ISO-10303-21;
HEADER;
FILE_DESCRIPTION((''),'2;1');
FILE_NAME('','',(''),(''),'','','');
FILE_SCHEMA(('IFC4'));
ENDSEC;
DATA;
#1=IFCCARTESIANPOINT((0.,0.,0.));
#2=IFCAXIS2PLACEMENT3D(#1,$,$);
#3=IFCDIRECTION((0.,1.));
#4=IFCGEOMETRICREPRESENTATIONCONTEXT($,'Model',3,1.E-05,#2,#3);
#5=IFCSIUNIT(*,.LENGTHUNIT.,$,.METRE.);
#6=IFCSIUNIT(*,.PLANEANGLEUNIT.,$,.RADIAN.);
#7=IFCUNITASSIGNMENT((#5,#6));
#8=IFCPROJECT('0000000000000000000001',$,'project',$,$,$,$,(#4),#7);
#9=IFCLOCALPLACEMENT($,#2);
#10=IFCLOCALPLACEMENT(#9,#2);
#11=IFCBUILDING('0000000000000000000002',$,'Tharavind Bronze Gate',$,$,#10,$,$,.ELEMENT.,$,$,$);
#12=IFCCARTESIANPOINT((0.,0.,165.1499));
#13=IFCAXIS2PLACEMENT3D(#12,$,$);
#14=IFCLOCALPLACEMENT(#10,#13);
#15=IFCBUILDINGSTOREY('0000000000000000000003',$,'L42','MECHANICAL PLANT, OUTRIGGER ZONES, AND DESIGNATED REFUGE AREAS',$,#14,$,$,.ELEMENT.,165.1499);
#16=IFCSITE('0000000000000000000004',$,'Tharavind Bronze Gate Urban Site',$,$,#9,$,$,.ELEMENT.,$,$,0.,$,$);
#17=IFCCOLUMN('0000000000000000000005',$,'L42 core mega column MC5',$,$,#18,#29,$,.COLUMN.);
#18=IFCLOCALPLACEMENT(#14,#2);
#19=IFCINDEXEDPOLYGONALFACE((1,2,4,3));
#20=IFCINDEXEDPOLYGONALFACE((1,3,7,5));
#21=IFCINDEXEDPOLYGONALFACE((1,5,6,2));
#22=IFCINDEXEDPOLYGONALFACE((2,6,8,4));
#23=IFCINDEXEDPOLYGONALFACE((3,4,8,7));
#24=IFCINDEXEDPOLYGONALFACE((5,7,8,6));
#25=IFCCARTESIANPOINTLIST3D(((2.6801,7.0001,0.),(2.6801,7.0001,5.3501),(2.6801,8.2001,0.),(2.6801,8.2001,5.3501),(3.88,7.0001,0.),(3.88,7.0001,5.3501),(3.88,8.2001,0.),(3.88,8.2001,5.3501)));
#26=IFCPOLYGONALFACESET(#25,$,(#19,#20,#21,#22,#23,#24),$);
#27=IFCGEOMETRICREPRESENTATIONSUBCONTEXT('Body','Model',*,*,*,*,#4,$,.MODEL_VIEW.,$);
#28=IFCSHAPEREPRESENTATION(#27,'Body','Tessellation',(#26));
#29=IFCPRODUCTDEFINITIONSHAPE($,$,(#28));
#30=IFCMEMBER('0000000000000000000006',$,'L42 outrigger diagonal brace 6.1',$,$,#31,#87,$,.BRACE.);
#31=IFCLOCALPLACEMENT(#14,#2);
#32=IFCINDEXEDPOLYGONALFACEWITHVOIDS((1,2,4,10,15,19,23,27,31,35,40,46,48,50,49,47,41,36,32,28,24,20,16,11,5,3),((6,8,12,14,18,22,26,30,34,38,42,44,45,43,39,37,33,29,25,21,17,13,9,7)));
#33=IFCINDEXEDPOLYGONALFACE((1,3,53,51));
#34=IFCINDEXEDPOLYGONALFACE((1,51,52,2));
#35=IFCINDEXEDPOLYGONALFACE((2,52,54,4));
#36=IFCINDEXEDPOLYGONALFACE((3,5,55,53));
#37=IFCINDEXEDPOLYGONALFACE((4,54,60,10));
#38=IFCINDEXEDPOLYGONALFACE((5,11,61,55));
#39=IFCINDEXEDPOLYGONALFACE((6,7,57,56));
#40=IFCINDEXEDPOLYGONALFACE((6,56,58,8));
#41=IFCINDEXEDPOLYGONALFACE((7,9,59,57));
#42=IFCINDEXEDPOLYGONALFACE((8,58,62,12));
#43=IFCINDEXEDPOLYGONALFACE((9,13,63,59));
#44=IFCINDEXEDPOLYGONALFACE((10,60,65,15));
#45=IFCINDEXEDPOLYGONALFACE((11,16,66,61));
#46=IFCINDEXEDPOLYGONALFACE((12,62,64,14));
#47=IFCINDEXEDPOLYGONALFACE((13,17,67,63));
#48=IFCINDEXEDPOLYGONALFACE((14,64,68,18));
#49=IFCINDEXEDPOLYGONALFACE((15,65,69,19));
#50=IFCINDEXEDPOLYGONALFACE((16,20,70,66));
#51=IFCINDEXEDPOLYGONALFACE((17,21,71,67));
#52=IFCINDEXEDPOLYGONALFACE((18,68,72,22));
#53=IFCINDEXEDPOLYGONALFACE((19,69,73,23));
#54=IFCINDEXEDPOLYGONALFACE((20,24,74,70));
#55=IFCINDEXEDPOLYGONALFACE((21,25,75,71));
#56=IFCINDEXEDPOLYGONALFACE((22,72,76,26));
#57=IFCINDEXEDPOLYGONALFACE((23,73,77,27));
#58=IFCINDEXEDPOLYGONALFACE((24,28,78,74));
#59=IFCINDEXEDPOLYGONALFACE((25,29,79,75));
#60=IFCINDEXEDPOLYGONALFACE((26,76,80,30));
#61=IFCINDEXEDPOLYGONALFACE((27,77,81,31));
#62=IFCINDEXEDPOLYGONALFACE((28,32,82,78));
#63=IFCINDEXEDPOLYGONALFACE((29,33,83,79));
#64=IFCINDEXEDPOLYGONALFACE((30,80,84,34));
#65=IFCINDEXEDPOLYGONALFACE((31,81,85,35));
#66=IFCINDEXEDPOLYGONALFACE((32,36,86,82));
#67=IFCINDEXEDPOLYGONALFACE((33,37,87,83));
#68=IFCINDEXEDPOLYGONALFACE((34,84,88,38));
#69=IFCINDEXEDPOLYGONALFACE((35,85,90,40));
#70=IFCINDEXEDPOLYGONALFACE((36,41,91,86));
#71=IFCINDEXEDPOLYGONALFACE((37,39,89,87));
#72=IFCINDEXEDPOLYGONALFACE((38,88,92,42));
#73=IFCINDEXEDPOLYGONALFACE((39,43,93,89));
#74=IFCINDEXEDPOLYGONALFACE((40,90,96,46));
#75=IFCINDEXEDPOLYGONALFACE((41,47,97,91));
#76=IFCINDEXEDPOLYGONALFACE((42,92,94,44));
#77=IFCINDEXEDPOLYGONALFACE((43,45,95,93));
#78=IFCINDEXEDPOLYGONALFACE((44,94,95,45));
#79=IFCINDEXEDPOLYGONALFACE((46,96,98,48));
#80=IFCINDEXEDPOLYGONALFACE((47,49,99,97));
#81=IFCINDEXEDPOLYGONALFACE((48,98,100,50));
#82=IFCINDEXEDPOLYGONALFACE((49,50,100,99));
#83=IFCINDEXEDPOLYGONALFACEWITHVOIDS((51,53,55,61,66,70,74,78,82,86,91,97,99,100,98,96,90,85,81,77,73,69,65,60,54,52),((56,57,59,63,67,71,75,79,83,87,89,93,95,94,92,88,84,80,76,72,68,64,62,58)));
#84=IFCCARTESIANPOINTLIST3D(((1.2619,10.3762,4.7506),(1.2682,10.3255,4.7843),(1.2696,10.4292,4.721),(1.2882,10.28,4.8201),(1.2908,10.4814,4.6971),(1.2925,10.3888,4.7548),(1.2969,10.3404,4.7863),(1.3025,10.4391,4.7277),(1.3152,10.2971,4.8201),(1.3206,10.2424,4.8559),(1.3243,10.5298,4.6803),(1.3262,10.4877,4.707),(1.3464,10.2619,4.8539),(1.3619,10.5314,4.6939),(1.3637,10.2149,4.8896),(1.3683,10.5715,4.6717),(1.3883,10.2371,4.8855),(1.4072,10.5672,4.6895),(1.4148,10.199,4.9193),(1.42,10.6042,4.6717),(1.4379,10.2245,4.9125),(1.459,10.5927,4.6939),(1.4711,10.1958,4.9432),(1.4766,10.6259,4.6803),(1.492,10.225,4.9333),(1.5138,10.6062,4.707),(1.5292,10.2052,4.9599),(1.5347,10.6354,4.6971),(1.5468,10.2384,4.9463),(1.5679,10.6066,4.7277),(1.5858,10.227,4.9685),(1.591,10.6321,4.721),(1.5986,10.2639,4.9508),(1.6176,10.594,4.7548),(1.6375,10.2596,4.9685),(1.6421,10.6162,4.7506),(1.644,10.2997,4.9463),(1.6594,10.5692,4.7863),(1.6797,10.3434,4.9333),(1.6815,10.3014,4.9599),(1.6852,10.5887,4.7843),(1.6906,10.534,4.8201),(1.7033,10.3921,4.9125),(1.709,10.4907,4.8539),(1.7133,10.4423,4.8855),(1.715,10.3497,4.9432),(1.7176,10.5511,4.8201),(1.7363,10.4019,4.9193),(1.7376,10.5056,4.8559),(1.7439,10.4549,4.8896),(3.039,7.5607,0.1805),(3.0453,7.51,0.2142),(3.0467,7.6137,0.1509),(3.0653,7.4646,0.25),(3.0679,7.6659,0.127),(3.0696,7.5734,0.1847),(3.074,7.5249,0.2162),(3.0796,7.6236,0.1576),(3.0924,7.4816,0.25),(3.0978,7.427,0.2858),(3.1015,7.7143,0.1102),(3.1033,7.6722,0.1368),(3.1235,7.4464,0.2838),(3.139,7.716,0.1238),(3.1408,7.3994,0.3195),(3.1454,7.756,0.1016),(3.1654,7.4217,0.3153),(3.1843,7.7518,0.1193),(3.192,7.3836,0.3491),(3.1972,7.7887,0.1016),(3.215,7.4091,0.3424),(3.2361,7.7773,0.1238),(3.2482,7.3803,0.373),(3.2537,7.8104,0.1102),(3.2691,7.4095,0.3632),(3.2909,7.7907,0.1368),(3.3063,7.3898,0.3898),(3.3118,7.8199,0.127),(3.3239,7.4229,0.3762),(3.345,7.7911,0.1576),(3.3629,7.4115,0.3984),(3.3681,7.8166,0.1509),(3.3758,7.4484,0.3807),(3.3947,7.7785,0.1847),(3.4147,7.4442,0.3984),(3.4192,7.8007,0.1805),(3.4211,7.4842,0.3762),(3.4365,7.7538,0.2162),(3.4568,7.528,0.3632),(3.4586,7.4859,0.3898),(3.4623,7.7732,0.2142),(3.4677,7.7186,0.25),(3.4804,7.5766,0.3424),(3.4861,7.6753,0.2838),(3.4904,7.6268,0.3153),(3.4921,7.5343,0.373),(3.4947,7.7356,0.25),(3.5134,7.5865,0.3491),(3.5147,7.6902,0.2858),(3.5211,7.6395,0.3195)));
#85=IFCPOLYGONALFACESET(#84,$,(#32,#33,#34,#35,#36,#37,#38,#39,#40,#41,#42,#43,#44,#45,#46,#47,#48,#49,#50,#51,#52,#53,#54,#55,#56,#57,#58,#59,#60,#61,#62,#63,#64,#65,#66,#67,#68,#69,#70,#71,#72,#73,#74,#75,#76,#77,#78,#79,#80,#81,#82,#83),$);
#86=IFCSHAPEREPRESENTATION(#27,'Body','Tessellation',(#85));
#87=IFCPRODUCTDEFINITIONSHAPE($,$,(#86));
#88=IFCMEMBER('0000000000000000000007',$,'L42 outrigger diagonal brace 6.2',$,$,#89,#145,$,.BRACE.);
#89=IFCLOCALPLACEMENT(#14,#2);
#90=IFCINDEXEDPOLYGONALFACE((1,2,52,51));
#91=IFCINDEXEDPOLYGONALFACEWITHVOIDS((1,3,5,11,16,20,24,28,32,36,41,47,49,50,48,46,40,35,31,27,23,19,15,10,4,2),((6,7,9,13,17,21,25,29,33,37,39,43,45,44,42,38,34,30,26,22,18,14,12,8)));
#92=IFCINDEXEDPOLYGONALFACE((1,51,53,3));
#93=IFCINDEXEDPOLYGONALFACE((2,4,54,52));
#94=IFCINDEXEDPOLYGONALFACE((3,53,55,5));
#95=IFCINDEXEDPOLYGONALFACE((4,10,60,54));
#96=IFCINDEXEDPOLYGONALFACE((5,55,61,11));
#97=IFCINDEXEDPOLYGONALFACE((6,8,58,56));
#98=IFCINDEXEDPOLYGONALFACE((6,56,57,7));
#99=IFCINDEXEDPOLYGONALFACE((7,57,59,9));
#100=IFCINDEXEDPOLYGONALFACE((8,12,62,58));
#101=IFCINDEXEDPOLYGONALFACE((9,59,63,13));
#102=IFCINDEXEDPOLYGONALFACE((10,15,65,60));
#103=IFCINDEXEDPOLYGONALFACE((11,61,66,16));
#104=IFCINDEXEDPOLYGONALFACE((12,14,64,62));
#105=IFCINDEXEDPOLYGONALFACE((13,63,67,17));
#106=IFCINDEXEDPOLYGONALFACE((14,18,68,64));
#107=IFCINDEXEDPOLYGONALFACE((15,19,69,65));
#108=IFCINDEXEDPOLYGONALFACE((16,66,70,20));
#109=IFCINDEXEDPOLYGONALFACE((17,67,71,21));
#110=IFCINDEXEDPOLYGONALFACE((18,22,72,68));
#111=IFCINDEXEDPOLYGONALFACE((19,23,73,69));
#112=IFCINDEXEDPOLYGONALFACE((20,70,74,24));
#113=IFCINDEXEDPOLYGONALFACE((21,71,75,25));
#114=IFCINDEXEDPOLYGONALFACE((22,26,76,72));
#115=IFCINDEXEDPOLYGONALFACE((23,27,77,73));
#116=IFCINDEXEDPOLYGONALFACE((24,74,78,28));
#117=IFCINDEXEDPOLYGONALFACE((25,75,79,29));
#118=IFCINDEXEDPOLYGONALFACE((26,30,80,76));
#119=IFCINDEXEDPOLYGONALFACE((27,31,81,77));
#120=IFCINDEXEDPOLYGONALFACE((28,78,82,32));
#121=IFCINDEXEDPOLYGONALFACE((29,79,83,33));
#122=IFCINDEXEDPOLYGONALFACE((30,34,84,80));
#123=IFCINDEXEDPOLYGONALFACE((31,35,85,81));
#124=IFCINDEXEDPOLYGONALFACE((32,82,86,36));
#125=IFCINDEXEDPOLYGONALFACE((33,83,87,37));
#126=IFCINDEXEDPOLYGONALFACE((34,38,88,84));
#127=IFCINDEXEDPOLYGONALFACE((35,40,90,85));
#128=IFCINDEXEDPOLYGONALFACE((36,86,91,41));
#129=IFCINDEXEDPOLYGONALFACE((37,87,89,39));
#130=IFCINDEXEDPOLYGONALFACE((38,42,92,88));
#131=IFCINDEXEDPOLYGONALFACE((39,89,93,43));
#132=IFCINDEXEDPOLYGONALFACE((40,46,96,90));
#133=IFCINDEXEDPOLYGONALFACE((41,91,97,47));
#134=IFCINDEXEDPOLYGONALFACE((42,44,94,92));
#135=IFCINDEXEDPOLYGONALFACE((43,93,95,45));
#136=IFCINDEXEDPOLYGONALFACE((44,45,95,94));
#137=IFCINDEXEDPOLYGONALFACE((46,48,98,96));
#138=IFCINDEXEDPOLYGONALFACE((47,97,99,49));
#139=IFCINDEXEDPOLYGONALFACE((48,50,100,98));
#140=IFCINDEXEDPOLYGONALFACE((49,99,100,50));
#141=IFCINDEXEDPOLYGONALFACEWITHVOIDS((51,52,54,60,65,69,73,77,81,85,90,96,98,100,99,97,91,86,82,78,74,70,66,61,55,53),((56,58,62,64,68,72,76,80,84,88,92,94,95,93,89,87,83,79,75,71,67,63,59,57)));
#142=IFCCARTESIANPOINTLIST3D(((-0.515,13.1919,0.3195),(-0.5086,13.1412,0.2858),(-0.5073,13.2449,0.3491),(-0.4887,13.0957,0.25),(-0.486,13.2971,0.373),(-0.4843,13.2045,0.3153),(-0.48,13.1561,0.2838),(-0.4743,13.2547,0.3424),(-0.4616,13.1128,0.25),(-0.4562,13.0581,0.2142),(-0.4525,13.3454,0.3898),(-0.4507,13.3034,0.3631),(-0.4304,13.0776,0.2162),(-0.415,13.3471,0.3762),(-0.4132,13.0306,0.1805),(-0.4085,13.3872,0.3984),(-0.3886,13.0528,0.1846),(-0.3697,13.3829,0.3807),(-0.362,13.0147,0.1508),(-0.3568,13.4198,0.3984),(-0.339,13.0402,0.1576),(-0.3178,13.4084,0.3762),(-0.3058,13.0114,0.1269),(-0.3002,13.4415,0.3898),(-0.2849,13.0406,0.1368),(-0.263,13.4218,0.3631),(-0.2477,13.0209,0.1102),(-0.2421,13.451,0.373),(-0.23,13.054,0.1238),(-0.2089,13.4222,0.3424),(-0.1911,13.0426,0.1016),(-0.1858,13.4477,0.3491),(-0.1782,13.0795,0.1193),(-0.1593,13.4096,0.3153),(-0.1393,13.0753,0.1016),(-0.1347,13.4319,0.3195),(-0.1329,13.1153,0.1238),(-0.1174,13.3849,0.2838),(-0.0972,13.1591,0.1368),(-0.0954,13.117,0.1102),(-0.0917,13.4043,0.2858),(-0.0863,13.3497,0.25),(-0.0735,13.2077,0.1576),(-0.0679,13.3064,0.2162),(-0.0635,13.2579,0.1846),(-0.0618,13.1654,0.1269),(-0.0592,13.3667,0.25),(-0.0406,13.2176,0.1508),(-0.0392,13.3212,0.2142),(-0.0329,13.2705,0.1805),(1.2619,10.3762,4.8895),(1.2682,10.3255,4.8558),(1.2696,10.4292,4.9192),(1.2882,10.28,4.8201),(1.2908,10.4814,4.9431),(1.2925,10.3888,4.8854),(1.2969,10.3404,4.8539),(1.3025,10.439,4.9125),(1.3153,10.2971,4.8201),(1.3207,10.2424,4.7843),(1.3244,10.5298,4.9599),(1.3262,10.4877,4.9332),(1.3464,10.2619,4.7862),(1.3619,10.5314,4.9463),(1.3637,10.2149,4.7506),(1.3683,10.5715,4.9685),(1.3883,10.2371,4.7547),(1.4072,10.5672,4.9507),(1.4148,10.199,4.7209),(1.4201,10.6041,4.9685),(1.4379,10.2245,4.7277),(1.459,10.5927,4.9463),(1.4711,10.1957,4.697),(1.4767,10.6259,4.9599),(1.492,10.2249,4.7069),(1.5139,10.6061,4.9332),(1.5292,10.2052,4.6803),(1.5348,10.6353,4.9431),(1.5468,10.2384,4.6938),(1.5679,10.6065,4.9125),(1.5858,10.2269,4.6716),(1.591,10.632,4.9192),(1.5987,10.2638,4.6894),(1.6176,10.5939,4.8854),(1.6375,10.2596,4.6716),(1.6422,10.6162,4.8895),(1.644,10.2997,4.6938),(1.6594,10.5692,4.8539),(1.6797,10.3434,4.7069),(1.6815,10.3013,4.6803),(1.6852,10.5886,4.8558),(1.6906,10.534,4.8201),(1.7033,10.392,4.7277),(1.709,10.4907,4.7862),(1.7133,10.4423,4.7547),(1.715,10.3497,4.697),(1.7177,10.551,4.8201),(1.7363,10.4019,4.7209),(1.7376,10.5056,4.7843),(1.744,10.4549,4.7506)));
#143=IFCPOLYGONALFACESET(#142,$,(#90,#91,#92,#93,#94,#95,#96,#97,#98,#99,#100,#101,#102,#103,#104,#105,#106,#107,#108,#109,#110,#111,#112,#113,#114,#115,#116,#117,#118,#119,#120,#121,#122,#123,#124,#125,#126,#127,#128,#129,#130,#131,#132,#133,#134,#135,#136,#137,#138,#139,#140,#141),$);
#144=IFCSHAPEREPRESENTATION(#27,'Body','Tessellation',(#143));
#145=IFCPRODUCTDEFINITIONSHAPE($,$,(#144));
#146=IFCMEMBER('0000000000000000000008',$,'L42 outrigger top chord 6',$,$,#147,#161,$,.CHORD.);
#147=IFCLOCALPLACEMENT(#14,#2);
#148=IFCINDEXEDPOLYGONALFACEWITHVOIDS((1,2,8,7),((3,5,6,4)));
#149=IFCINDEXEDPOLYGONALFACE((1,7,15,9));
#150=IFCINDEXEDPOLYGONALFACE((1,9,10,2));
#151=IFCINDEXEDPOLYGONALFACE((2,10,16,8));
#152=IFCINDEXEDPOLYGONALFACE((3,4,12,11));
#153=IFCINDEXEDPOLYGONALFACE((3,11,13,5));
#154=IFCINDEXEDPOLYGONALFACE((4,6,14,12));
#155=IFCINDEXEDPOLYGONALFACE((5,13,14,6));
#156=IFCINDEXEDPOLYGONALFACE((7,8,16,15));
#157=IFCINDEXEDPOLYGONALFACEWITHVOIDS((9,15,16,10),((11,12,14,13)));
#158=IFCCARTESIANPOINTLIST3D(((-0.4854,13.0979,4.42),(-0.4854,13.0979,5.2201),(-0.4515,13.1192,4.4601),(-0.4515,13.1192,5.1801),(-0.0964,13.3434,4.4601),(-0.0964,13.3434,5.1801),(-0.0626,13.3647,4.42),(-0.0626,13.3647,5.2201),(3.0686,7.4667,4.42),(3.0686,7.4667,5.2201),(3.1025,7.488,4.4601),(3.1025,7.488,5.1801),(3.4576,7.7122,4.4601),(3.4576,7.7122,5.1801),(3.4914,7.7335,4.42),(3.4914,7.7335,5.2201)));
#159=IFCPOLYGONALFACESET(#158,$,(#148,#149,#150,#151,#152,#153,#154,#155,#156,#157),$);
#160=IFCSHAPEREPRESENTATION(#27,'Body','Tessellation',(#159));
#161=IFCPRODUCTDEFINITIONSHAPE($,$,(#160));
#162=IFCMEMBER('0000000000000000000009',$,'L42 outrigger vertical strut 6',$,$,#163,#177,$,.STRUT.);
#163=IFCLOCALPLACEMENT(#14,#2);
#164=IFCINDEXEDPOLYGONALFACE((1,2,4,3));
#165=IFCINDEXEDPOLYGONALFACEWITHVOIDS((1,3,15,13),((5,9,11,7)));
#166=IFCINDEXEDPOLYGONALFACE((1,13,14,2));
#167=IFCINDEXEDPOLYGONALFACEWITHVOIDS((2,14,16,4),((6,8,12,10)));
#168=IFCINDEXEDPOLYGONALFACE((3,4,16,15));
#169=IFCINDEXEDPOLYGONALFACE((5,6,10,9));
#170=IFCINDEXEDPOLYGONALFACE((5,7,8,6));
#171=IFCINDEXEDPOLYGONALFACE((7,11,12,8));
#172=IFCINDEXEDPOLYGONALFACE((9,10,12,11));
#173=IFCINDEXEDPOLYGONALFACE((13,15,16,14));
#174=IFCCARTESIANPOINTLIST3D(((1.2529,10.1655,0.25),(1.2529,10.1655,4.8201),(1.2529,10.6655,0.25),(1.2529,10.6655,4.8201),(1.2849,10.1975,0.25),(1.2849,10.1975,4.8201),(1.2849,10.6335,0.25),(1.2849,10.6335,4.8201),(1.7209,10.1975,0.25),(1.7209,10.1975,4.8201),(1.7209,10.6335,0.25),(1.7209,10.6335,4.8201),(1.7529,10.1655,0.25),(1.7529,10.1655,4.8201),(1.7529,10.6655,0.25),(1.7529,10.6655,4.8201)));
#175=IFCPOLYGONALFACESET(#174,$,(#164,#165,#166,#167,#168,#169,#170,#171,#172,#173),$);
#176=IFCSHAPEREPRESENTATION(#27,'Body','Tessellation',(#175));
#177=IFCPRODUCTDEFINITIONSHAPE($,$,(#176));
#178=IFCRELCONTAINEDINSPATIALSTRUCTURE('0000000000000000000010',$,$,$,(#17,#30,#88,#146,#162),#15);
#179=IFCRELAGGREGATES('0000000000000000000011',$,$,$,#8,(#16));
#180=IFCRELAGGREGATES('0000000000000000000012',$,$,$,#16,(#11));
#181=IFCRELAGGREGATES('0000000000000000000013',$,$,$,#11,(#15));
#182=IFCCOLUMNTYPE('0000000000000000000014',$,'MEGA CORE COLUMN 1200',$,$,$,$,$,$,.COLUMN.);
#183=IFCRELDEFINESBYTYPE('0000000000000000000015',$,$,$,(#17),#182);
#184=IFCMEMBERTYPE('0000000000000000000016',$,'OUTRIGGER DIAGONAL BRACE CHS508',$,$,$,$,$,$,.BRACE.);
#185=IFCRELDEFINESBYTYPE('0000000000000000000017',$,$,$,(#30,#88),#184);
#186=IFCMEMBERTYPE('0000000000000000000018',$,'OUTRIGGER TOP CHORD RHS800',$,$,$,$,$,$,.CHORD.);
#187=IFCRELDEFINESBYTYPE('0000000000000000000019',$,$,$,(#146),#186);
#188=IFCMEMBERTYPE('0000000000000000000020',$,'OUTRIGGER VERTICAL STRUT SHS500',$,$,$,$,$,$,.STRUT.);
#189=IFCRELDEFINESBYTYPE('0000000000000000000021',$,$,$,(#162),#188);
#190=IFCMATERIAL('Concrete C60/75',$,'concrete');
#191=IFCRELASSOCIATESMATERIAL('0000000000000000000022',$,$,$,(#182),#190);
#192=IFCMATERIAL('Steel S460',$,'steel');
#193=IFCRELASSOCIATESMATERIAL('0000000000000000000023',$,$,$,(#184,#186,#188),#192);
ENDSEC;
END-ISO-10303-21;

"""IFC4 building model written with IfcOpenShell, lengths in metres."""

from ifc_helpers import new_model, si_unit, direction, frame, origin, origin_2d, place, context, subcontext, project, spatial, rectangle, hollow_rectangle, hollow_circle, extrude, material, material_profile, profile_set, type_object, element, save


model = new_model("IFC4")

# Units and contexts
model_context = context("Model", 3, precision=1e-05, world=origin(), true_north=direction((0.0, 1.0)))
body_context = subcontext(model_context, "Body", "Model", "MODEL_VIEW")
ifc_project = project(units=[si_unit("LENGTHUNIT", "METRE"), si_unit("PLANEANGLEUNIT", "RADIAN")], contexts=[model_context])

# Site, building, storey
site_placement = place(None, origin())
site = spatial("IfcSite", under=ifc_project, at=site_placement, Name="Tharavind Bronze Gate Urban Site", CompositionType="ELEMENT", RefElevation=0.0)
building_placement = place(site_placement, origin())
building = spatial("IfcBuilding", under=site, at=building_placement, Name="Tharavind Bronze Gate", CompositionType="ELEMENT")
storey_placement = place(building_placement, frame((0.0, 0.0, 165.1499)))
storey = spatial("IfcBuildingStorey", under=building, at=storey_placement, Name="L42", Description="MECHANICAL PLANT, OUTRIGGER ZONES, AND DESIGNATED REFUGE AREAS", CompositionType="ELEMENT", Elevation=165.1499)

# Column
ifc_material_1 = material(Name="Concrete C60/75", Category="concrete")
ifc_material_profile_1 = material_profile(ifc_material_1, rectangle(XDim=1.2, YDim=1.2, at=origin_2d()), Name="RCCOL1200")
ifc_profile_set_1 = profile_set([ifc_material_profile_1], Name="Concrete C60/75")
column_type = type_object("IfcColumnType", Name="MEGA CORE COLUMN 1200", PredefinedType="COLUMN", material=ifc_profile_set_1)
column_placement = place(storey_placement, frame((3.28, 7.6001, 0.0), z_axis=(0.0, 0.0, 1.0), x_axis=(1.0, 0.0, 0.0)))
element("IfcColumn", 1, at=column_placement, inside=storey, type_object=column_type, Name="L42 core mega column MC5", PredefinedType="COLUMN", context=body_context, shape_type="SweptSolid", body=[
    extrude(rectangle(XDim=1.2, YDim=1.2, at=origin_2d()), origin(), (0.0, 0.0, 1.0), 5.3501),
])

# Members
ifc_material_2 = material(Name="Steel S460", Category="steel")
ifc_material_profile_2 = material_profile(ifc_material_2, hollow_circle(Radius=0.2539, WallThickness=0.032, at=origin_2d()), Name="CHS508X32")
ifc_profile_set_2 = profile_set([ifc_material_profile_2], Name="Steel S460")
member_type_1 = type_object("IfcMemberType", Name="OUTRIGGER DIAGONAL BRACE CHS508", PredefinedType="BRACE", material=ifc_profile_set_2)
for number, where, z_axis, x_axis, name in (
    (2, (3.28, 7.6001, 0.25), (-0.314296, 0.497934, 0.808257), (-0.845633, -0.533764, 0.0), "L42 outrigger diagonal brace 6.1"),
    (3, (1.5029, 10.4155, 4.8201), (-0.31425, 0.497973, -0.808251), (-0.845687, -0.533678, 0.0), "L42 outrigger diagonal brace 6.2"),
):
    element("IfcMember", number, at=place(storey_placement, frame(where, z_axis=z_axis, x_axis=x_axis)), inside=storey, type_object=member_type_1, Name=name, PredefinedType="BRACE", context=body_context, shape_type="SweptSolid", body=[
        extrude(hollow_circle(Radius=0.2539, WallThickness=0.032, at=origin_2d()), origin(), (0.0, 0.0, 1.0), 5.6543),
    ])
ifc_material_profile_3 = material_profile(ifc_material_2, hollow_rectangle(XDim=0.5, YDim=0.8, WallThickness=0.04, at=origin_2d()), Name="RHS800X500X40")
ifc_profile_set_3 = profile_set([ifc_material_profile_3], Name="Steel S460")
member_type_2 = type_object("IfcMemberType", Name="OUTRIGGER TOP CHORD RHS800", PredefinedType="CHORD", material=ifc_profile_set_3)
member_1_placement = place(storey_placement, frame((3.28, 7.6001, 4.8201), z_axis=(-0.533721, 0.84566, 0.0), x_axis=(-0.84566, -0.533721, 0.0)))
element("IfcMember", 4, at=member_1_placement, inside=storey, type_object=member_type_2, Name="L42 outrigger top chord 6", PredefinedType="CHORD", context=body_context, shape_type="SweptSolid", body=[
    extrude(hollow_rectangle(XDim=0.5, YDim=0.8, WallThickness=0.04, at=origin_2d()), origin(), (0.0, 0.0, 1.0), 6.6589),
])
ifc_material_profile_4 = material_profile(ifc_material_2, hollow_rectangle(XDim=0.5, YDim=0.5, WallThickness=0.032, at=origin_2d()), Name="SHS500X32")
ifc_profile_set_4 = profile_set([ifc_material_profile_4], Name="Steel S460")
member_type_3 = type_object("IfcMemberType", Name="OUTRIGGER VERTICAL STRUT SHS500", PredefinedType="STRUT", material=ifc_profile_set_4)
member_2_placement = place(storey_placement, frame((1.5029, 10.4155, 0.25), z_axis=(0.0, 0.0, 1.0), x_axis=(1.0, 0.0, 0.0)))
element("IfcMember", 5, at=member_2_placement, inside=storey, type_object=member_type_3, Name="L42 outrigger vertical strut 6", PredefinedType="STRUT", context=body_context, shape_type="SweptSolid", body=[
    extrude(hollow_rectangle(XDim=0.5, YDim=0.5, WallThickness=0.032, at=origin_2d()), origin(), (0.0, 0.0, 1.0), 4.5701),
])

save(model, "model.ifc")
